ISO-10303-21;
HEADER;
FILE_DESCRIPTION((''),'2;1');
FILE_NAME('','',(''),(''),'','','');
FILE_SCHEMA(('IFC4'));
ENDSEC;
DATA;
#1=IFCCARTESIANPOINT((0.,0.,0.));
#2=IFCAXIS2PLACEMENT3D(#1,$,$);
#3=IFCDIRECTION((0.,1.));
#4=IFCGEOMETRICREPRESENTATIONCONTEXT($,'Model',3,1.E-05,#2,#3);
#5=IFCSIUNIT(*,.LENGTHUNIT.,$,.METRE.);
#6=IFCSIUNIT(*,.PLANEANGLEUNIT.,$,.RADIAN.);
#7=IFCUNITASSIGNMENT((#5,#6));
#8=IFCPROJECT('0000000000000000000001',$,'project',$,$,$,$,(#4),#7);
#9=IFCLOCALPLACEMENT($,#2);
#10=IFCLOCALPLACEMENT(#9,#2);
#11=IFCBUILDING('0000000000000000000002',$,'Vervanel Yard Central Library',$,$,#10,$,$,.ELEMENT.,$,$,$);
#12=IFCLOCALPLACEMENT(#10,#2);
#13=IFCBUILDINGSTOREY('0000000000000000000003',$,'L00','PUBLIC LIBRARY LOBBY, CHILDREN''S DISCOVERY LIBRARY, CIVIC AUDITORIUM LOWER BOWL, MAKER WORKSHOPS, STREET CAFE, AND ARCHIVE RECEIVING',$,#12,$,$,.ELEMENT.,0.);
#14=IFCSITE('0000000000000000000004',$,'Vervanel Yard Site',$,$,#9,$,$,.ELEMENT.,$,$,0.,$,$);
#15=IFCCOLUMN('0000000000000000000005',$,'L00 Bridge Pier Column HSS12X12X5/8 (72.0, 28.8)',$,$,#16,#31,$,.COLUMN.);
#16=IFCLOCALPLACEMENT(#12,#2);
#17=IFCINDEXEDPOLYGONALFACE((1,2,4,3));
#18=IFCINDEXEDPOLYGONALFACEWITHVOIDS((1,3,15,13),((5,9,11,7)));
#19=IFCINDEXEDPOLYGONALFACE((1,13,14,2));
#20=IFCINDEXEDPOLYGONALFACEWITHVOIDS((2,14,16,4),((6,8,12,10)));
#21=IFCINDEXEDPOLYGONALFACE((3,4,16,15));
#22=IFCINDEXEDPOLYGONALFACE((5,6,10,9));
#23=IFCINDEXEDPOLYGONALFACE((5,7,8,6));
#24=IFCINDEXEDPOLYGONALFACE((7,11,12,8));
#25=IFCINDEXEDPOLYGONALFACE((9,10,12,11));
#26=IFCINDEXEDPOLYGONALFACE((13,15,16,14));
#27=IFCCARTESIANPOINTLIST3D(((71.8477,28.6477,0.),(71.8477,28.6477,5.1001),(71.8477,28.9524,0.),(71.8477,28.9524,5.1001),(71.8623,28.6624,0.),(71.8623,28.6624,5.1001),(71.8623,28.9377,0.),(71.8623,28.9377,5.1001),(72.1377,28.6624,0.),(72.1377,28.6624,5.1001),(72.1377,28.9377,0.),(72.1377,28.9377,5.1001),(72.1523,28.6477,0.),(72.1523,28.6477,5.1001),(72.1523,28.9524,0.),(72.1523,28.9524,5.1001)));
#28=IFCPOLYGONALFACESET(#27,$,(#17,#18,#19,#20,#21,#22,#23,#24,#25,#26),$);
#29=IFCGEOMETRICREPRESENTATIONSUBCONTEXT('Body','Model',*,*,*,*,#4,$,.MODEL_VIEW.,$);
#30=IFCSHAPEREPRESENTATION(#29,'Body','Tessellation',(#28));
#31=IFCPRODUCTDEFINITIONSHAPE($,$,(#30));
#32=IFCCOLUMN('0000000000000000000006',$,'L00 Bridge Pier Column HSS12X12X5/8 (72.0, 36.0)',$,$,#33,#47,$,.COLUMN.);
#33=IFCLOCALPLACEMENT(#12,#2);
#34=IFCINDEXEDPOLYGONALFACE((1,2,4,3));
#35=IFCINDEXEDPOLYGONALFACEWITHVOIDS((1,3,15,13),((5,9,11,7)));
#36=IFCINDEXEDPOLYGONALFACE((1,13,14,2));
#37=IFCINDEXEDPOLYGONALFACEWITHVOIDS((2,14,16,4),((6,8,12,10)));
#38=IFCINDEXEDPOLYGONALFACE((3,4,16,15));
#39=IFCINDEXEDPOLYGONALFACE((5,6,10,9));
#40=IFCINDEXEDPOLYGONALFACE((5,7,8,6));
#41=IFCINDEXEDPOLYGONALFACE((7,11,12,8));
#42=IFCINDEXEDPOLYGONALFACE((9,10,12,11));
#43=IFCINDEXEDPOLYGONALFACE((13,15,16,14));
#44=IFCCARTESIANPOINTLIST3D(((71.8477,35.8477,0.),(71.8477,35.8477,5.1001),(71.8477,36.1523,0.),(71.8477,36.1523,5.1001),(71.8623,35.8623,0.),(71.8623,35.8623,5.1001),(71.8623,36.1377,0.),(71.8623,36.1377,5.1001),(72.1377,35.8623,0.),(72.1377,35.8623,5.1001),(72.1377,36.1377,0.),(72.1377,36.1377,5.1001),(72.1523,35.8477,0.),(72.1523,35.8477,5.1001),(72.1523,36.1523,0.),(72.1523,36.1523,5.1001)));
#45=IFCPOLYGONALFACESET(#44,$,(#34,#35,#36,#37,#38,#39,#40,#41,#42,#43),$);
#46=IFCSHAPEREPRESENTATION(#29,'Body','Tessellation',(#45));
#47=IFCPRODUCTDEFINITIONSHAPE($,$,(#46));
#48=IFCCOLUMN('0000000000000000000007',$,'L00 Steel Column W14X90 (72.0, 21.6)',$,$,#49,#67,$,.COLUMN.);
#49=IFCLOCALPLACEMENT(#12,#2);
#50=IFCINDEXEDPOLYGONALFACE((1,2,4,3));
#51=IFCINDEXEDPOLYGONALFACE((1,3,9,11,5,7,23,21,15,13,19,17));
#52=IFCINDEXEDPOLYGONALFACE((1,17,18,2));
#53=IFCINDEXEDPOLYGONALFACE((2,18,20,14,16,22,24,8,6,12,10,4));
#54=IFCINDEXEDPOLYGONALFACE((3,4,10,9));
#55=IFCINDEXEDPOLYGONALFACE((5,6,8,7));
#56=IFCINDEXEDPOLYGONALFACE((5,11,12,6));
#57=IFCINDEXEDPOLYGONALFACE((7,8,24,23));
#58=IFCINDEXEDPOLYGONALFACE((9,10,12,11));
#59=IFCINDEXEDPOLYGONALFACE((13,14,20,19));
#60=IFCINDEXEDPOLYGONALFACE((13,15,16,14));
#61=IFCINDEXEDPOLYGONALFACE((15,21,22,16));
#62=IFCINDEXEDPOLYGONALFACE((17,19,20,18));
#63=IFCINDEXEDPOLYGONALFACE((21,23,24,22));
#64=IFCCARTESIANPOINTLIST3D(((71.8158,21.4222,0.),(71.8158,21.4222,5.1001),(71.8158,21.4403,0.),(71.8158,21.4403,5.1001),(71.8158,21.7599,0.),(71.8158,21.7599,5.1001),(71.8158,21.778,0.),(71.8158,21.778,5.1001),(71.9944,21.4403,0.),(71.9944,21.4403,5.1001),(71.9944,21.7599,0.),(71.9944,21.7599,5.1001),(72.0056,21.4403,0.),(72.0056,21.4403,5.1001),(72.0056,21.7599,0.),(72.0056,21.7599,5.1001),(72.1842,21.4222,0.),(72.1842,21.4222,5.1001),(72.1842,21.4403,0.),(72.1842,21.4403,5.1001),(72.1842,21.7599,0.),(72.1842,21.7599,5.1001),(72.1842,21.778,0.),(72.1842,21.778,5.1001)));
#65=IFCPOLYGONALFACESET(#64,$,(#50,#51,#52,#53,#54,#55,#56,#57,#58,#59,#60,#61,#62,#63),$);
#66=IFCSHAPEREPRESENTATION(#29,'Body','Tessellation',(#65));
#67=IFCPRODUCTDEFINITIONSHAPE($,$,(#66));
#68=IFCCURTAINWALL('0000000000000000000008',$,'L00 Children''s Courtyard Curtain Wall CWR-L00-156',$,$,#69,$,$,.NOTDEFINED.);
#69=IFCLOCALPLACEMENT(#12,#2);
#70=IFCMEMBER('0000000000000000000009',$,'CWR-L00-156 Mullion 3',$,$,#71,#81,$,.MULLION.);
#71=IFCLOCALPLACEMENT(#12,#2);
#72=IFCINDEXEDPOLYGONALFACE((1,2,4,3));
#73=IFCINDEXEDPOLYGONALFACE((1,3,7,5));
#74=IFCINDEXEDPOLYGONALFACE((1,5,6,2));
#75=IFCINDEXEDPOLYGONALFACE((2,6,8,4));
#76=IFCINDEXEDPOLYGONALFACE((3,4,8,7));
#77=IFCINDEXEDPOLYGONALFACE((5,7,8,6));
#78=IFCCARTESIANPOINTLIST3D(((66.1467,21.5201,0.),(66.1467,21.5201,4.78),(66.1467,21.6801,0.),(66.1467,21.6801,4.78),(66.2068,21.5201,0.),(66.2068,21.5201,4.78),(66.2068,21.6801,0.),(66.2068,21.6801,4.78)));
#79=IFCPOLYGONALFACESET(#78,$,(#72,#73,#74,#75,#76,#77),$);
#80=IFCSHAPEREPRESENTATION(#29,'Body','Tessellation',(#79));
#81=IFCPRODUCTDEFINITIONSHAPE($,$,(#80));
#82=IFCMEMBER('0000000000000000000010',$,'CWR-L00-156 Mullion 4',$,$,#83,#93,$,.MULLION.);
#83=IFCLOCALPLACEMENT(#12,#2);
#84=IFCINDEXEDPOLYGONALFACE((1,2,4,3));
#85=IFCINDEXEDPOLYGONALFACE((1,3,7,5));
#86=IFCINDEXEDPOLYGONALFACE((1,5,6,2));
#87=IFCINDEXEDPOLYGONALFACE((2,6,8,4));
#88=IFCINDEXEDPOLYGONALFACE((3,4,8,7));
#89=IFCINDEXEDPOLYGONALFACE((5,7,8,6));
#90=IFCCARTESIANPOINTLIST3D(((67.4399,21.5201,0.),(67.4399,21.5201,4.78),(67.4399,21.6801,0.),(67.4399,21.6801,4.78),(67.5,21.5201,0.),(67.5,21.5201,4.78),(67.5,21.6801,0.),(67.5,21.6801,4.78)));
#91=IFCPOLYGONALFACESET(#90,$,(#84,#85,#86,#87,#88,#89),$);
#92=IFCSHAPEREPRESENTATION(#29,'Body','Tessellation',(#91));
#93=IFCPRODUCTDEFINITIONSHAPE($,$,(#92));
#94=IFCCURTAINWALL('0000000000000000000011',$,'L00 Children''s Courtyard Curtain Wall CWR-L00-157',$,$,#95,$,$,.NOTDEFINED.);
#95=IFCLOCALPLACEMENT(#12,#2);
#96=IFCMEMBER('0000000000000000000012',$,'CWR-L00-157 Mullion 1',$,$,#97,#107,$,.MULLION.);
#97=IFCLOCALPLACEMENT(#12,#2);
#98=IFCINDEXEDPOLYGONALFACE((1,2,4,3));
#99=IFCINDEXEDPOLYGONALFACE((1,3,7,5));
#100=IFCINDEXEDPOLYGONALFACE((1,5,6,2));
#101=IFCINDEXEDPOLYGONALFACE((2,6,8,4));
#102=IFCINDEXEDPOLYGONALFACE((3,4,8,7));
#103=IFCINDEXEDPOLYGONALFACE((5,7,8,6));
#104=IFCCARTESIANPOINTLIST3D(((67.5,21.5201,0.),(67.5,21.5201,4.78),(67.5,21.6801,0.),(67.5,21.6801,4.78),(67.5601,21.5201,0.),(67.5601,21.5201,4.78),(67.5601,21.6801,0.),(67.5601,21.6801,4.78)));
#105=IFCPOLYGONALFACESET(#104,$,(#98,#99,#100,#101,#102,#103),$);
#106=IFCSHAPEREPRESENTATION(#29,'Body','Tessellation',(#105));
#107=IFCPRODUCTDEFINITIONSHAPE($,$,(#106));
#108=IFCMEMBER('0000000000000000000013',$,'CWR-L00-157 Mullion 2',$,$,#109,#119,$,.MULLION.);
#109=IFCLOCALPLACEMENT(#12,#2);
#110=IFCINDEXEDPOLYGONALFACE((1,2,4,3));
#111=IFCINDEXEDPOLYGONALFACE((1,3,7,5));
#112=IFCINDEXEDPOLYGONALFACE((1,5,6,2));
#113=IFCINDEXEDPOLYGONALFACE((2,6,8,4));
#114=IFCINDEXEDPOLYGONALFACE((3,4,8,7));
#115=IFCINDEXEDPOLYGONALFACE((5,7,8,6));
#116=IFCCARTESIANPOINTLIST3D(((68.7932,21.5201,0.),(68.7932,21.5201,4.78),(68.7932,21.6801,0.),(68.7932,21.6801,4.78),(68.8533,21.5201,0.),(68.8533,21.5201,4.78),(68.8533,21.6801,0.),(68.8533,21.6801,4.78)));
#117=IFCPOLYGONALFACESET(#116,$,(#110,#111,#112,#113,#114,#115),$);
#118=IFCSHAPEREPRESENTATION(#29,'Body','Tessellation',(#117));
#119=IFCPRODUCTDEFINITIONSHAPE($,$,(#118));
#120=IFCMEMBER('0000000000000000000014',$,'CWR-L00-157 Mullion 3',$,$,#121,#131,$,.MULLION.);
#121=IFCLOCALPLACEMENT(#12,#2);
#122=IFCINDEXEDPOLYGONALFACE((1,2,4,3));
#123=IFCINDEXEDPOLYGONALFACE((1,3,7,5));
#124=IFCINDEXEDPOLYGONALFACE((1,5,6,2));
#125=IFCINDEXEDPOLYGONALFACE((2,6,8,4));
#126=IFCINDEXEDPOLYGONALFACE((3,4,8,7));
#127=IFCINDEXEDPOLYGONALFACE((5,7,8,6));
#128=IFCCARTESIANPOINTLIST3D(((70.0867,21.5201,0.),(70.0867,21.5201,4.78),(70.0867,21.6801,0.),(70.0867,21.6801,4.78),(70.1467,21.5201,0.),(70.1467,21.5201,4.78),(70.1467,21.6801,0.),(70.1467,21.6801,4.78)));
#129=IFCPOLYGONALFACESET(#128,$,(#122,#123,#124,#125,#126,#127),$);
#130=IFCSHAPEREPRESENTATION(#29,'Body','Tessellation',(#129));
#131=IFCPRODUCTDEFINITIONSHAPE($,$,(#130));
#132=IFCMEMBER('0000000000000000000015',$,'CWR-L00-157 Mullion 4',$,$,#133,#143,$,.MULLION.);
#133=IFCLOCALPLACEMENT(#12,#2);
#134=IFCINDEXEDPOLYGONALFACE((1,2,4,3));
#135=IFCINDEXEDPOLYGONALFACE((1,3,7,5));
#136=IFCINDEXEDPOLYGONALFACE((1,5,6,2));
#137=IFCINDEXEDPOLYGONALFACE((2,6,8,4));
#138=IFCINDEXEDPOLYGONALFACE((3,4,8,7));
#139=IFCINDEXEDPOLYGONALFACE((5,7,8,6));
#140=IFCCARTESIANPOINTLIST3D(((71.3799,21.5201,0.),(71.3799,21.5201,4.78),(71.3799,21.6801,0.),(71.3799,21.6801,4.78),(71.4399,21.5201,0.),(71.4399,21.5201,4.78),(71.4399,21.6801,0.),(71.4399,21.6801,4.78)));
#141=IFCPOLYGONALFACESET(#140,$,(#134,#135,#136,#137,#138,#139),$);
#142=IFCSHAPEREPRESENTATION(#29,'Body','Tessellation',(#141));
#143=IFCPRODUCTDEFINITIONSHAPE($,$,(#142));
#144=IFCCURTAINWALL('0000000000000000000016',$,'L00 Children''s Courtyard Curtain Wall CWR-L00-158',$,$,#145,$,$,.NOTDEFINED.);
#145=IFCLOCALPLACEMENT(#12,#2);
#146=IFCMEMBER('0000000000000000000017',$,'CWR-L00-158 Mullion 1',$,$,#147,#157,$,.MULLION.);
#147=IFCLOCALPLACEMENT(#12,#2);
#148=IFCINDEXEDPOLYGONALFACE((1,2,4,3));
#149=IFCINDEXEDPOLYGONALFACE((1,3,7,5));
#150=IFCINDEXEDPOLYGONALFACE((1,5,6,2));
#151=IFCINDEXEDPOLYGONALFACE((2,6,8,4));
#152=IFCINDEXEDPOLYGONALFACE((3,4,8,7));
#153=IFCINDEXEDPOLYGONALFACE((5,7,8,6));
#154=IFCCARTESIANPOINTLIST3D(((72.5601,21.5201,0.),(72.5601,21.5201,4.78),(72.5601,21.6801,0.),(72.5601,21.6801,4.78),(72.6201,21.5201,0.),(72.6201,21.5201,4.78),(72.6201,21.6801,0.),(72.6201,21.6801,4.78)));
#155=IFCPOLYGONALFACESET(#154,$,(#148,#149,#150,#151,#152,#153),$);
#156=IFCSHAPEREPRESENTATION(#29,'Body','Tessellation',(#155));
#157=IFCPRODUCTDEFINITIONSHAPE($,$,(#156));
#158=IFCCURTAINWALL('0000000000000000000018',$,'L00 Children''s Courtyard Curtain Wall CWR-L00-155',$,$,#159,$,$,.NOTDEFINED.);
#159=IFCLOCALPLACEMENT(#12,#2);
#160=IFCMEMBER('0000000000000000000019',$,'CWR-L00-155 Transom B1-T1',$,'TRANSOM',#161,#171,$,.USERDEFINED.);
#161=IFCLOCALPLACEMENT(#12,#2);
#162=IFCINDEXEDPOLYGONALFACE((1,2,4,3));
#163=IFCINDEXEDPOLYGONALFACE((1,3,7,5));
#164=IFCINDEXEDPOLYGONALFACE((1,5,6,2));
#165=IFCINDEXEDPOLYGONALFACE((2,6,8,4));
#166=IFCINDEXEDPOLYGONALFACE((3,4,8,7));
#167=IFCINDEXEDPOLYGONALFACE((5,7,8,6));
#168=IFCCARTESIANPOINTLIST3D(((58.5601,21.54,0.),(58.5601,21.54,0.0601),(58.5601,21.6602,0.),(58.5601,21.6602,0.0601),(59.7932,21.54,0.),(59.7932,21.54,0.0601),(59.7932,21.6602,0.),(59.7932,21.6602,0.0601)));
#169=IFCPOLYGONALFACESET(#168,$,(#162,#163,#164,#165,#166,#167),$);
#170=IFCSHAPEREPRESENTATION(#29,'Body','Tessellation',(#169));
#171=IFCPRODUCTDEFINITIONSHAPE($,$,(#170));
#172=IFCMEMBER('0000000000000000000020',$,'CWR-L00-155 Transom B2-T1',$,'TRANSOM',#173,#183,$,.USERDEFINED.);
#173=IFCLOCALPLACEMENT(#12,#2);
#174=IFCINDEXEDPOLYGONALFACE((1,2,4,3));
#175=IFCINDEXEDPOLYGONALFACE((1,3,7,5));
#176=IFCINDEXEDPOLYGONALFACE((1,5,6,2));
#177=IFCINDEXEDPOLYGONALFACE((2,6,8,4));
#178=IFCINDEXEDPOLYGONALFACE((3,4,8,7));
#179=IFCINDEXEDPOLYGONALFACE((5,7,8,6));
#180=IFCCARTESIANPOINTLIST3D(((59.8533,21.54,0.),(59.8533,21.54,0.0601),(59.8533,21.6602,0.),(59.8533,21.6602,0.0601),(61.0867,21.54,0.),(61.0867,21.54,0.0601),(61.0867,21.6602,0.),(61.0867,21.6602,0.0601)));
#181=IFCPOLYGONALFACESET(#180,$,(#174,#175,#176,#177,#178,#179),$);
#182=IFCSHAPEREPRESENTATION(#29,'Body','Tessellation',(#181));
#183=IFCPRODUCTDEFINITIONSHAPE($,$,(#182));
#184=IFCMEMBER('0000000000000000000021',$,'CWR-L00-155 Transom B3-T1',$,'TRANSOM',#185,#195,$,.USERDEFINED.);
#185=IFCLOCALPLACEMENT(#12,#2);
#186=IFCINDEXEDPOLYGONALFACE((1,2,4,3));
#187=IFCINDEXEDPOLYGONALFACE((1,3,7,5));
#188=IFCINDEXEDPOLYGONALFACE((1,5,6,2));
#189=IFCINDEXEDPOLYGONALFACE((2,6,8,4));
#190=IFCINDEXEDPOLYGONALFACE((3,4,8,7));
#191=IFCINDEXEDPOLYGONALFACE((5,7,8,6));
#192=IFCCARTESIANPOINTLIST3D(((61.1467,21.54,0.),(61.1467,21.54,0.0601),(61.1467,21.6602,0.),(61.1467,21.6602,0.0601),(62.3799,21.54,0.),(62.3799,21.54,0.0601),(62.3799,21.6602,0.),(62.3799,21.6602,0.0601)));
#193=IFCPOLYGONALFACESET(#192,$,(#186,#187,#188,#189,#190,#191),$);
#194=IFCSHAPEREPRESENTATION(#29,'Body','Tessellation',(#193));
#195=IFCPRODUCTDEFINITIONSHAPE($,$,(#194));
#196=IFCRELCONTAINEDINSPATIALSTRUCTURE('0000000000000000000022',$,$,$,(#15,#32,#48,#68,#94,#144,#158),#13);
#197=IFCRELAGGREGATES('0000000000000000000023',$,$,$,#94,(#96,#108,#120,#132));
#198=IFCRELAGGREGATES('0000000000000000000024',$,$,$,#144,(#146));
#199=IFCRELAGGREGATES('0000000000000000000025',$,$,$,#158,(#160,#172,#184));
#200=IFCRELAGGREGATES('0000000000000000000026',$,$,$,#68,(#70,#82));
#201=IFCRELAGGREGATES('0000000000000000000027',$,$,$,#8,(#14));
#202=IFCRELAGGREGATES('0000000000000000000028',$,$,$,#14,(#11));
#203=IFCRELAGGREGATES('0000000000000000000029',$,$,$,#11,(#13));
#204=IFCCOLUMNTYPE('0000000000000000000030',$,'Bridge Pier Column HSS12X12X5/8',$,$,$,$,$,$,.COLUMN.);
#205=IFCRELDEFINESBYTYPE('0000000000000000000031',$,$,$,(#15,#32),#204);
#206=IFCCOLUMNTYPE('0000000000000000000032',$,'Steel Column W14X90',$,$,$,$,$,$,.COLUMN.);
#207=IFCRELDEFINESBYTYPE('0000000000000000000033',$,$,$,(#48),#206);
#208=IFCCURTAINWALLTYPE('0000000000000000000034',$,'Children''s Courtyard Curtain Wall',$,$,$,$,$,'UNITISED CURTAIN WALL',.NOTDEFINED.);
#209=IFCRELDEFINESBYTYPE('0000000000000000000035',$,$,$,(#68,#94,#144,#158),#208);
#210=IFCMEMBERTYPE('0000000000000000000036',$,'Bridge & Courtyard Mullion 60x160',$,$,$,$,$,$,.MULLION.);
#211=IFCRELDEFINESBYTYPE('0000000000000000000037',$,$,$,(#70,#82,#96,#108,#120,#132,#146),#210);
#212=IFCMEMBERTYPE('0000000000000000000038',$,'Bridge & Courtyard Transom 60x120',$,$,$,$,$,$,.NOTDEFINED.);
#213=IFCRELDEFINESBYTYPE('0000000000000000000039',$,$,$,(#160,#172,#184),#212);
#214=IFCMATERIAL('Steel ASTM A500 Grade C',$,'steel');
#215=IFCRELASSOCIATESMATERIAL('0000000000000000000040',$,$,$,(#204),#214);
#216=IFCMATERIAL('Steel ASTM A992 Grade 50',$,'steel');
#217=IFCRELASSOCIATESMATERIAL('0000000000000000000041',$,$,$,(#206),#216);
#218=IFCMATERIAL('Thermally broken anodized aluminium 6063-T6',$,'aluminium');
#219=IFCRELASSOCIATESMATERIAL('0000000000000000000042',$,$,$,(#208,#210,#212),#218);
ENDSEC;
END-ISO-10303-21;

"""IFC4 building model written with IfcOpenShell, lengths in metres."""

from ifc_helpers import new_model, si_unit, direction, frame, origin, origin_2d, place, context, subcontext, project, spatial, rectangle, hollow_rectangle, i_section, extrude, material, material_profile, profile_set, type_object, element, aggregate, save


model = new_model("IFC4")

# Units and contexts
model_context = context("Model", 3, precision=1e-05, world=origin(), true_north=direction((0.0, 1.0)))
body_context = subcontext(model_context, "Body", "Model", "MODEL_VIEW")
ifc_project = project(units=[si_unit("LENGTHUNIT", "METRE"), si_unit("PLANEANGLEUNIT", "RADIAN")], contexts=[model_context])

# Site, building, storey
site_placement = place(None, origin())
site = spatial("IfcSite", under=ifc_project, at=site_placement, Name="Vervanel Yard Site", CompositionType="ELEMENT", RefElevation=0.0)
building_placement = place(site_placement, origin())
building = spatial("IfcBuilding", under=site, at=building_placement, Name="Vervanel Yard Central Library", CompositionType="ELEMENT")
storey_placement = place(building_placement, origin())
storey = spatial("IfcBuildingStorey", under=building, at=storey_placement, Name="L00", Description="PUBLIC LIBRARY LOBBY, CHILDREN'S DISCOVERY LIBRARY, CIVIC AUDITORIUM LOWER BOWL, MAKER WORKSHOPS, STREET CAFE, AND ARCHIVE RECEIVING", CompositionType="ELEMENT", Elevation=0.0)

# Columns
ifc_material_1 = material(Name="Steel ASTM A500 Grade C", Category="steel")
ifc_material_profile_1 = material_profile(ifc_material_1, hollow_rectangle(XDim=0.3047, YDim=0.3047, WallThickness=0.0146, at=origin_2d()), Name="HSS12X12X5/8", Category="steel")
ifc_profile_set_1 = profile_set([ifc_material_profile_1], Name="Steel ASTM A500 Grade C")
column_type_1 = type_object("IfcColumnType", Name="Bridge Pier Column HSS12X12X5/8", PredefinedType="COLUMN", material=ifc_profile_set_1)
for number, where, z_axis, x_axis, name in (
    (1, (72.0, 28.8, 0.0), (0.0, 0.0, 1.0), (1.0, 0.0, 0.0), "L00 Bridge Pier Column HSS12X12X5/8 (72.0, 28.8)"),
    (2, (72.0, 36.0, 0.0), (0.0, 0.0, 1.0), (1.0, 0.0, 0.0), "L00 Bridge Pier Column HSS12X12X5/8 (72.0, 36.0)"),
):
    element("IfcColumn", number, at=place(storey_placement, frame(where, z_axis=z_axis, x_axis=x_axis)), inside=storey, type_object=column_type_1, Name=name, PredefinedType="COLUMN", context=body_context, shape_type="SweptSolid", body=[
        extrude(hollow_rectangle(XDim=0.3047, YDim=0.3047, WallThickness=0.0146, at=origin_2d()), origin(), (0.0, 0.0, 1.0), 5.1001),
    ])
ifc_material_2 = material(Name="Steel ASTM A992 Grade 50", Category="steel")
ifc_material_profile_2 = material_profile(ifc_material_2, i_section(OverallWidth=0.3684, OverallDepth=0.3557, WebThickness=0.0112, FlangeThickness=0.0181, at=origin_2d()), Name="W14X90", Category="steel")
ifc_profile_set_2 = profile_set([ifc_material_profile_2], Name="Steel ASTM A992 Grade 50")
column_type_2 = type_object("IfcColumnType", Name="Steel Column W14X90", PredefinedType="COLUMN", material=ifc_profile_set_2)
column_placement = place(storey_placement, frame((72.0, 21.6001, 0.0), z_axis=(0.0, 0.0, 1.0), x_axis=(1.0, 0.0, 0.0)))
element("IfcColumn", 3, at=column_placement, inside=storey, type_object=column_type_2, Name="L00 Steel Column W14X90 (72.0, 21.6)", PredefinedType="COLUMN", context=body_context, shape_type="SweptSolid", body=[
    extrude(i_section(OverallWidth=0.3684, OverallDepth=0.3557, WebThickness=0.0112, FlangeThickness=0.0181, at=origin_2d()), origin(), (0.0, 0.0, 1.0), 5.1001),
])

# Curtain walls, members
ifc_material_3 = material(Name="Thermally broken anodized aluminium 6063-T6", Category="aluminium")
curtain_wall_type = type_object("IfcCurtainWallType", Name="Children's Courtyard Curtain Wall", ElementType="UNITISED CURTAIN WALL", PredefinedType="NOTDEFINED", material=ifc_material_3)
curtain_wall_1_placement = place(storey_placement, origin())
curtain_wall_1 = element("IfcCurtainWall", 4, at=curtain_wall_1_placement, inside=storey, type_object=curtain_wall_type, Name="L00 Children's Courtyard Curtain Wall CWR-L00-156", PredefinedType="NOTDEFINED")
ifc_material_profile_3 = material_profile(ifc_material_3, rectangle(XDim=0.0601, YDim=0.1599, at=origin_2d()), Name="ALU 60x160", Category="aluminium")
ifc_profile_set_3 = profile_set([ifc_material_profile_3], Name="Thermally broken anodized aluminium 6063-T6")
member_type_1 = type_object("IfcMemberType", Name="Bridge & Courtyard Mullion 60x160", PredefinedType="MULLION", material=ifc_profile_set_3)
member_1_placement = place(storey_placement, frame((66.1768, 21.6001, 0.0), z_axis=(0.0, 0.0, 1.0), x_axis=(1.0, 0.0, 0.0)))
member_1 = element("IfcMember", 5, at=member_1_placement, type_object=member_type_1, Name="CWR-L00-156 Mullion 3", PredefinedType="MULLION", context=body_context, shape_type="SweptSolid", body=[
    extrude(rectangle(XDim=0.0601, YDim=0.1599, at=origin_2d()), origin(), (0.0, 0.0, 1.0), 4.78),
])
member_2_placement = place(storey_placement, frame((67.47, 21.6001, 0.0), z_axis=(0.0, 0.0, 1.0), x_axis=(1.0, 0.0, 0.0)))
member_2 = element("IfcMember", 6, at=member_2_placement, type_object=member_type_1, Name="CWR-L00-156 Mullion 4", PredefinedType="MULLION", context=body_context, shape_type="SweptSolid", body=[
    extrude(rectangle(XDim=0.0601, YDim=0.1599, at=origin_2d()), origin(), (0.0, 0.0, 1.0), 4.78),
])
curtain_wall_2_placement = place(storey_placement, origin())
curtain_wall_2 = element("IfcCurtainWall", 7, at=curtain_wall_2_placement, inside=storey, type_object=curtain_wall_type, Name="L00 Children's Courtyard Curtain Wall CWR-L00-157", PredefinedType="NOTDEFINED")
member_3_placement = place(storey_placement, frame((67.53, 21.6001, 0.0), z_axis=(0.0, 0.0, 1.0), x_axis=(1.0, 0.0, 0.0)))
member_3 = element("IfcMember", 8, at=member_3_placement, type_object=member_type_1, Name="CWR-L00-157 Mullion 1", PredefinedType="MULLION", context=body_context, shape_type="SweptSolid", body=[
    extrude(rectangle(XDim=0.0601, YDim=0.1599, at=origin_2d()), origin(), (0.0, 0.0, 1.0), 4.78),
])
member_4_placement = place(storey_placement, frame((68.8232, 21.6001, 0.0), z_axis=(0.0, 0.0, 1.0), x_axis=(1.0, 0.0, 0.0)))
member_4 = element("IfcMember", 9, at=member_4_placement, type_object=member_type_1, Name="CWR-L00-157 Mullion 2", PredefinedType="MULLION", context=body_context, shape_type="SweptSolid", body=[
    extrude(rectangle(XDim=0.0601, YDim=0.1599, at=origin_2d()), origin(), (0.0, 0.0, 1.0), 4.78),
])
member_5_placement = place(storey_placement, frame((70.1167, 21.6001, 0.0), z_axis=(0.0, 0.0, 1.0), x_axis=(1.0, 0.0, 0.0)))
member_5 = element("IfcMember", 10, at=member_5_placement, type_object=member_type_1, Name="CWR-L00-157 Mullion 3", PredefinedType="MULLION", context=body_context, shape_type="SweptSolid", body=[
    extrude(rectangle(XDim=0.0601, YDim=0.1599, at=origin_2d()), origin(), (0.0, 0.0, 1.0), 4.78),
])
member_6_placement = place(storey_placement, frame((71.4099, 21.6001, 0.0), z_axis=(0.0, 0.0, 1.0), x_axis=(1.0, 0.0, 0.0)))
member_6 = element("IfcMember", 11, at=member_6_placement, type_object=member_type_1, Name="CWR-L00-157 Mullion 4", PredefinedType="MULLION", context=body_context, shape_type="SweptSolid", body=[
    extrude(rectangle(XDim=0.0601, YDim=0.1599, at=origin_2d()), origin(), (0.0, 0.0, 1.0), 4.78),
])

# Curtain wall, member
curtain_wall_3_placement = place(storey_placement, origin())
curtain_wall_3 = element("IfcCurtainWall", 12, at=curtain_wall_3_placement, inside=storey, type_object=curtain_wall_type, Name="L00 Children's Courtyard Curtain Wall CWR-L00-158", PredefinedType="NOTDEFINED")
member_7_placement = place(storey_placement, frame((72.5901, 21.6001, 0.0), z_axis=(0.0, 0.0, 1.0), x_axis=(1.0, 0.0, 0.0)))
member_7 = element("IfcMember", 13, at=member_7_placement, type_object=member_type_1, Name="CWR-L00-158 Mullion 1", PredefinedType="MULLION", context=body_context, shape_type="SweptSolid", body=[
    extrude(rectangle(XDim=0.0601, YDim=0.1599, at=origin_2d()), origin(), (0.0, 0.0, 1.0), 4.78),
])

# Curtain wall, members
curtain_wall_4_placement = place(storey_placement, origin())
curtain_wall_4 = element("IfcCurtainWall", 14, at=curtain_wall_4_placement, inside=storey, type_object=curtain_wall_type, Name="L00 Children's Courtyard Curtain Wall CWR-L00-155", PredefinedType="NOTDEFINED")
ifc_material_profile_4 = material_profile(ifc_material_3, rectangle(XDim=0.0601, YDim=0.1201, at=origin_2d()), Name="ALU 60x120", Category="aluminium")
ifc_profile_set_4 = profile_set([ifc_material_profile_4], Name="Thermally broken anodized aluminium 6063-T6")
member_type_2 = type_object("IfcMemberType", Name="Bridge & Courtyard Transom 60x120", PredefinedType="NOTDEFINED", material=ifc_profile_set_4)
member_8_placement = place(storey_placement, frame((58.5601, 21.6001, 0.03), z_axis=(1.0, 0.0, 0.0), x_axis=(0.0, 0.0, 1.0)))
member_8 = element("IfcMember", 15, at=member_8_placement, type_object=member_type_2, Name="CWR-L00-155 Transom B1-T1", ObjectType="TRANSOM", PredefinedType="USERDEFINED", context=body_context, shape_type="SweptSolid", body=[
    extrude(rectangle(XDim=0.0601, YDim=0.1201, at=origin_2d()), origin(), (0.0, 0.0, 1.0), 1.2332),
])
member_9_placement = place(storey_placement, frame((59.8533, 21.6001, 0.03), z_axis=(1.0, 0.0, 0.0), x_axis=(0.0, 0.0, 1.0)))
member_9 = element("IfcMember", 16, at=member_9_placement, type_object=member_type_2, Name="CWR-L00-155 Transom B2-T1", ObjectType="TRANSOM", PredefinedType="USERDEFINED", context=body_context, shape_type="SweptSolid", body=[
    extrude(rectangle(XDim=0.0601, YDim=0.1201, at=origin_2d()), origin(), (0.0, 0.0, 1.0), 1.2334),
])
member_10_placement = place(storey_placement, frame((61.1467, 21.6001, 0.03), z_axis=(1.0, 0.0, 0.0), x_axis=(0.0, 0.0, 1.0)))
member_10 = element("IfcMember", 17, at=member_10_placement, type_object=member_type_2, Name="CWR-L00-155 Transom B3-T1", ObjectType="TRANSOM", PredefinedType="USERDEFINED", context=body_context, shape_type="SweptSolid", body=[
    extrude(rectangle(XDim=0.0601, YDim=0.1201, at=origin_2d()), origin(), (0.0, 0.0, 1.0), 1.2332),
])

aggregate(curtain_wall_2, [member_3, member_4, member_5, member_6])
aggregate(curtain_wall_3, [member_7])

aggregate(curtain_wall_4, [member_8, member_9, member_10])
aggregate(curtain_wall_1, [member_1, member_2])

save(model, "model.ifc")
